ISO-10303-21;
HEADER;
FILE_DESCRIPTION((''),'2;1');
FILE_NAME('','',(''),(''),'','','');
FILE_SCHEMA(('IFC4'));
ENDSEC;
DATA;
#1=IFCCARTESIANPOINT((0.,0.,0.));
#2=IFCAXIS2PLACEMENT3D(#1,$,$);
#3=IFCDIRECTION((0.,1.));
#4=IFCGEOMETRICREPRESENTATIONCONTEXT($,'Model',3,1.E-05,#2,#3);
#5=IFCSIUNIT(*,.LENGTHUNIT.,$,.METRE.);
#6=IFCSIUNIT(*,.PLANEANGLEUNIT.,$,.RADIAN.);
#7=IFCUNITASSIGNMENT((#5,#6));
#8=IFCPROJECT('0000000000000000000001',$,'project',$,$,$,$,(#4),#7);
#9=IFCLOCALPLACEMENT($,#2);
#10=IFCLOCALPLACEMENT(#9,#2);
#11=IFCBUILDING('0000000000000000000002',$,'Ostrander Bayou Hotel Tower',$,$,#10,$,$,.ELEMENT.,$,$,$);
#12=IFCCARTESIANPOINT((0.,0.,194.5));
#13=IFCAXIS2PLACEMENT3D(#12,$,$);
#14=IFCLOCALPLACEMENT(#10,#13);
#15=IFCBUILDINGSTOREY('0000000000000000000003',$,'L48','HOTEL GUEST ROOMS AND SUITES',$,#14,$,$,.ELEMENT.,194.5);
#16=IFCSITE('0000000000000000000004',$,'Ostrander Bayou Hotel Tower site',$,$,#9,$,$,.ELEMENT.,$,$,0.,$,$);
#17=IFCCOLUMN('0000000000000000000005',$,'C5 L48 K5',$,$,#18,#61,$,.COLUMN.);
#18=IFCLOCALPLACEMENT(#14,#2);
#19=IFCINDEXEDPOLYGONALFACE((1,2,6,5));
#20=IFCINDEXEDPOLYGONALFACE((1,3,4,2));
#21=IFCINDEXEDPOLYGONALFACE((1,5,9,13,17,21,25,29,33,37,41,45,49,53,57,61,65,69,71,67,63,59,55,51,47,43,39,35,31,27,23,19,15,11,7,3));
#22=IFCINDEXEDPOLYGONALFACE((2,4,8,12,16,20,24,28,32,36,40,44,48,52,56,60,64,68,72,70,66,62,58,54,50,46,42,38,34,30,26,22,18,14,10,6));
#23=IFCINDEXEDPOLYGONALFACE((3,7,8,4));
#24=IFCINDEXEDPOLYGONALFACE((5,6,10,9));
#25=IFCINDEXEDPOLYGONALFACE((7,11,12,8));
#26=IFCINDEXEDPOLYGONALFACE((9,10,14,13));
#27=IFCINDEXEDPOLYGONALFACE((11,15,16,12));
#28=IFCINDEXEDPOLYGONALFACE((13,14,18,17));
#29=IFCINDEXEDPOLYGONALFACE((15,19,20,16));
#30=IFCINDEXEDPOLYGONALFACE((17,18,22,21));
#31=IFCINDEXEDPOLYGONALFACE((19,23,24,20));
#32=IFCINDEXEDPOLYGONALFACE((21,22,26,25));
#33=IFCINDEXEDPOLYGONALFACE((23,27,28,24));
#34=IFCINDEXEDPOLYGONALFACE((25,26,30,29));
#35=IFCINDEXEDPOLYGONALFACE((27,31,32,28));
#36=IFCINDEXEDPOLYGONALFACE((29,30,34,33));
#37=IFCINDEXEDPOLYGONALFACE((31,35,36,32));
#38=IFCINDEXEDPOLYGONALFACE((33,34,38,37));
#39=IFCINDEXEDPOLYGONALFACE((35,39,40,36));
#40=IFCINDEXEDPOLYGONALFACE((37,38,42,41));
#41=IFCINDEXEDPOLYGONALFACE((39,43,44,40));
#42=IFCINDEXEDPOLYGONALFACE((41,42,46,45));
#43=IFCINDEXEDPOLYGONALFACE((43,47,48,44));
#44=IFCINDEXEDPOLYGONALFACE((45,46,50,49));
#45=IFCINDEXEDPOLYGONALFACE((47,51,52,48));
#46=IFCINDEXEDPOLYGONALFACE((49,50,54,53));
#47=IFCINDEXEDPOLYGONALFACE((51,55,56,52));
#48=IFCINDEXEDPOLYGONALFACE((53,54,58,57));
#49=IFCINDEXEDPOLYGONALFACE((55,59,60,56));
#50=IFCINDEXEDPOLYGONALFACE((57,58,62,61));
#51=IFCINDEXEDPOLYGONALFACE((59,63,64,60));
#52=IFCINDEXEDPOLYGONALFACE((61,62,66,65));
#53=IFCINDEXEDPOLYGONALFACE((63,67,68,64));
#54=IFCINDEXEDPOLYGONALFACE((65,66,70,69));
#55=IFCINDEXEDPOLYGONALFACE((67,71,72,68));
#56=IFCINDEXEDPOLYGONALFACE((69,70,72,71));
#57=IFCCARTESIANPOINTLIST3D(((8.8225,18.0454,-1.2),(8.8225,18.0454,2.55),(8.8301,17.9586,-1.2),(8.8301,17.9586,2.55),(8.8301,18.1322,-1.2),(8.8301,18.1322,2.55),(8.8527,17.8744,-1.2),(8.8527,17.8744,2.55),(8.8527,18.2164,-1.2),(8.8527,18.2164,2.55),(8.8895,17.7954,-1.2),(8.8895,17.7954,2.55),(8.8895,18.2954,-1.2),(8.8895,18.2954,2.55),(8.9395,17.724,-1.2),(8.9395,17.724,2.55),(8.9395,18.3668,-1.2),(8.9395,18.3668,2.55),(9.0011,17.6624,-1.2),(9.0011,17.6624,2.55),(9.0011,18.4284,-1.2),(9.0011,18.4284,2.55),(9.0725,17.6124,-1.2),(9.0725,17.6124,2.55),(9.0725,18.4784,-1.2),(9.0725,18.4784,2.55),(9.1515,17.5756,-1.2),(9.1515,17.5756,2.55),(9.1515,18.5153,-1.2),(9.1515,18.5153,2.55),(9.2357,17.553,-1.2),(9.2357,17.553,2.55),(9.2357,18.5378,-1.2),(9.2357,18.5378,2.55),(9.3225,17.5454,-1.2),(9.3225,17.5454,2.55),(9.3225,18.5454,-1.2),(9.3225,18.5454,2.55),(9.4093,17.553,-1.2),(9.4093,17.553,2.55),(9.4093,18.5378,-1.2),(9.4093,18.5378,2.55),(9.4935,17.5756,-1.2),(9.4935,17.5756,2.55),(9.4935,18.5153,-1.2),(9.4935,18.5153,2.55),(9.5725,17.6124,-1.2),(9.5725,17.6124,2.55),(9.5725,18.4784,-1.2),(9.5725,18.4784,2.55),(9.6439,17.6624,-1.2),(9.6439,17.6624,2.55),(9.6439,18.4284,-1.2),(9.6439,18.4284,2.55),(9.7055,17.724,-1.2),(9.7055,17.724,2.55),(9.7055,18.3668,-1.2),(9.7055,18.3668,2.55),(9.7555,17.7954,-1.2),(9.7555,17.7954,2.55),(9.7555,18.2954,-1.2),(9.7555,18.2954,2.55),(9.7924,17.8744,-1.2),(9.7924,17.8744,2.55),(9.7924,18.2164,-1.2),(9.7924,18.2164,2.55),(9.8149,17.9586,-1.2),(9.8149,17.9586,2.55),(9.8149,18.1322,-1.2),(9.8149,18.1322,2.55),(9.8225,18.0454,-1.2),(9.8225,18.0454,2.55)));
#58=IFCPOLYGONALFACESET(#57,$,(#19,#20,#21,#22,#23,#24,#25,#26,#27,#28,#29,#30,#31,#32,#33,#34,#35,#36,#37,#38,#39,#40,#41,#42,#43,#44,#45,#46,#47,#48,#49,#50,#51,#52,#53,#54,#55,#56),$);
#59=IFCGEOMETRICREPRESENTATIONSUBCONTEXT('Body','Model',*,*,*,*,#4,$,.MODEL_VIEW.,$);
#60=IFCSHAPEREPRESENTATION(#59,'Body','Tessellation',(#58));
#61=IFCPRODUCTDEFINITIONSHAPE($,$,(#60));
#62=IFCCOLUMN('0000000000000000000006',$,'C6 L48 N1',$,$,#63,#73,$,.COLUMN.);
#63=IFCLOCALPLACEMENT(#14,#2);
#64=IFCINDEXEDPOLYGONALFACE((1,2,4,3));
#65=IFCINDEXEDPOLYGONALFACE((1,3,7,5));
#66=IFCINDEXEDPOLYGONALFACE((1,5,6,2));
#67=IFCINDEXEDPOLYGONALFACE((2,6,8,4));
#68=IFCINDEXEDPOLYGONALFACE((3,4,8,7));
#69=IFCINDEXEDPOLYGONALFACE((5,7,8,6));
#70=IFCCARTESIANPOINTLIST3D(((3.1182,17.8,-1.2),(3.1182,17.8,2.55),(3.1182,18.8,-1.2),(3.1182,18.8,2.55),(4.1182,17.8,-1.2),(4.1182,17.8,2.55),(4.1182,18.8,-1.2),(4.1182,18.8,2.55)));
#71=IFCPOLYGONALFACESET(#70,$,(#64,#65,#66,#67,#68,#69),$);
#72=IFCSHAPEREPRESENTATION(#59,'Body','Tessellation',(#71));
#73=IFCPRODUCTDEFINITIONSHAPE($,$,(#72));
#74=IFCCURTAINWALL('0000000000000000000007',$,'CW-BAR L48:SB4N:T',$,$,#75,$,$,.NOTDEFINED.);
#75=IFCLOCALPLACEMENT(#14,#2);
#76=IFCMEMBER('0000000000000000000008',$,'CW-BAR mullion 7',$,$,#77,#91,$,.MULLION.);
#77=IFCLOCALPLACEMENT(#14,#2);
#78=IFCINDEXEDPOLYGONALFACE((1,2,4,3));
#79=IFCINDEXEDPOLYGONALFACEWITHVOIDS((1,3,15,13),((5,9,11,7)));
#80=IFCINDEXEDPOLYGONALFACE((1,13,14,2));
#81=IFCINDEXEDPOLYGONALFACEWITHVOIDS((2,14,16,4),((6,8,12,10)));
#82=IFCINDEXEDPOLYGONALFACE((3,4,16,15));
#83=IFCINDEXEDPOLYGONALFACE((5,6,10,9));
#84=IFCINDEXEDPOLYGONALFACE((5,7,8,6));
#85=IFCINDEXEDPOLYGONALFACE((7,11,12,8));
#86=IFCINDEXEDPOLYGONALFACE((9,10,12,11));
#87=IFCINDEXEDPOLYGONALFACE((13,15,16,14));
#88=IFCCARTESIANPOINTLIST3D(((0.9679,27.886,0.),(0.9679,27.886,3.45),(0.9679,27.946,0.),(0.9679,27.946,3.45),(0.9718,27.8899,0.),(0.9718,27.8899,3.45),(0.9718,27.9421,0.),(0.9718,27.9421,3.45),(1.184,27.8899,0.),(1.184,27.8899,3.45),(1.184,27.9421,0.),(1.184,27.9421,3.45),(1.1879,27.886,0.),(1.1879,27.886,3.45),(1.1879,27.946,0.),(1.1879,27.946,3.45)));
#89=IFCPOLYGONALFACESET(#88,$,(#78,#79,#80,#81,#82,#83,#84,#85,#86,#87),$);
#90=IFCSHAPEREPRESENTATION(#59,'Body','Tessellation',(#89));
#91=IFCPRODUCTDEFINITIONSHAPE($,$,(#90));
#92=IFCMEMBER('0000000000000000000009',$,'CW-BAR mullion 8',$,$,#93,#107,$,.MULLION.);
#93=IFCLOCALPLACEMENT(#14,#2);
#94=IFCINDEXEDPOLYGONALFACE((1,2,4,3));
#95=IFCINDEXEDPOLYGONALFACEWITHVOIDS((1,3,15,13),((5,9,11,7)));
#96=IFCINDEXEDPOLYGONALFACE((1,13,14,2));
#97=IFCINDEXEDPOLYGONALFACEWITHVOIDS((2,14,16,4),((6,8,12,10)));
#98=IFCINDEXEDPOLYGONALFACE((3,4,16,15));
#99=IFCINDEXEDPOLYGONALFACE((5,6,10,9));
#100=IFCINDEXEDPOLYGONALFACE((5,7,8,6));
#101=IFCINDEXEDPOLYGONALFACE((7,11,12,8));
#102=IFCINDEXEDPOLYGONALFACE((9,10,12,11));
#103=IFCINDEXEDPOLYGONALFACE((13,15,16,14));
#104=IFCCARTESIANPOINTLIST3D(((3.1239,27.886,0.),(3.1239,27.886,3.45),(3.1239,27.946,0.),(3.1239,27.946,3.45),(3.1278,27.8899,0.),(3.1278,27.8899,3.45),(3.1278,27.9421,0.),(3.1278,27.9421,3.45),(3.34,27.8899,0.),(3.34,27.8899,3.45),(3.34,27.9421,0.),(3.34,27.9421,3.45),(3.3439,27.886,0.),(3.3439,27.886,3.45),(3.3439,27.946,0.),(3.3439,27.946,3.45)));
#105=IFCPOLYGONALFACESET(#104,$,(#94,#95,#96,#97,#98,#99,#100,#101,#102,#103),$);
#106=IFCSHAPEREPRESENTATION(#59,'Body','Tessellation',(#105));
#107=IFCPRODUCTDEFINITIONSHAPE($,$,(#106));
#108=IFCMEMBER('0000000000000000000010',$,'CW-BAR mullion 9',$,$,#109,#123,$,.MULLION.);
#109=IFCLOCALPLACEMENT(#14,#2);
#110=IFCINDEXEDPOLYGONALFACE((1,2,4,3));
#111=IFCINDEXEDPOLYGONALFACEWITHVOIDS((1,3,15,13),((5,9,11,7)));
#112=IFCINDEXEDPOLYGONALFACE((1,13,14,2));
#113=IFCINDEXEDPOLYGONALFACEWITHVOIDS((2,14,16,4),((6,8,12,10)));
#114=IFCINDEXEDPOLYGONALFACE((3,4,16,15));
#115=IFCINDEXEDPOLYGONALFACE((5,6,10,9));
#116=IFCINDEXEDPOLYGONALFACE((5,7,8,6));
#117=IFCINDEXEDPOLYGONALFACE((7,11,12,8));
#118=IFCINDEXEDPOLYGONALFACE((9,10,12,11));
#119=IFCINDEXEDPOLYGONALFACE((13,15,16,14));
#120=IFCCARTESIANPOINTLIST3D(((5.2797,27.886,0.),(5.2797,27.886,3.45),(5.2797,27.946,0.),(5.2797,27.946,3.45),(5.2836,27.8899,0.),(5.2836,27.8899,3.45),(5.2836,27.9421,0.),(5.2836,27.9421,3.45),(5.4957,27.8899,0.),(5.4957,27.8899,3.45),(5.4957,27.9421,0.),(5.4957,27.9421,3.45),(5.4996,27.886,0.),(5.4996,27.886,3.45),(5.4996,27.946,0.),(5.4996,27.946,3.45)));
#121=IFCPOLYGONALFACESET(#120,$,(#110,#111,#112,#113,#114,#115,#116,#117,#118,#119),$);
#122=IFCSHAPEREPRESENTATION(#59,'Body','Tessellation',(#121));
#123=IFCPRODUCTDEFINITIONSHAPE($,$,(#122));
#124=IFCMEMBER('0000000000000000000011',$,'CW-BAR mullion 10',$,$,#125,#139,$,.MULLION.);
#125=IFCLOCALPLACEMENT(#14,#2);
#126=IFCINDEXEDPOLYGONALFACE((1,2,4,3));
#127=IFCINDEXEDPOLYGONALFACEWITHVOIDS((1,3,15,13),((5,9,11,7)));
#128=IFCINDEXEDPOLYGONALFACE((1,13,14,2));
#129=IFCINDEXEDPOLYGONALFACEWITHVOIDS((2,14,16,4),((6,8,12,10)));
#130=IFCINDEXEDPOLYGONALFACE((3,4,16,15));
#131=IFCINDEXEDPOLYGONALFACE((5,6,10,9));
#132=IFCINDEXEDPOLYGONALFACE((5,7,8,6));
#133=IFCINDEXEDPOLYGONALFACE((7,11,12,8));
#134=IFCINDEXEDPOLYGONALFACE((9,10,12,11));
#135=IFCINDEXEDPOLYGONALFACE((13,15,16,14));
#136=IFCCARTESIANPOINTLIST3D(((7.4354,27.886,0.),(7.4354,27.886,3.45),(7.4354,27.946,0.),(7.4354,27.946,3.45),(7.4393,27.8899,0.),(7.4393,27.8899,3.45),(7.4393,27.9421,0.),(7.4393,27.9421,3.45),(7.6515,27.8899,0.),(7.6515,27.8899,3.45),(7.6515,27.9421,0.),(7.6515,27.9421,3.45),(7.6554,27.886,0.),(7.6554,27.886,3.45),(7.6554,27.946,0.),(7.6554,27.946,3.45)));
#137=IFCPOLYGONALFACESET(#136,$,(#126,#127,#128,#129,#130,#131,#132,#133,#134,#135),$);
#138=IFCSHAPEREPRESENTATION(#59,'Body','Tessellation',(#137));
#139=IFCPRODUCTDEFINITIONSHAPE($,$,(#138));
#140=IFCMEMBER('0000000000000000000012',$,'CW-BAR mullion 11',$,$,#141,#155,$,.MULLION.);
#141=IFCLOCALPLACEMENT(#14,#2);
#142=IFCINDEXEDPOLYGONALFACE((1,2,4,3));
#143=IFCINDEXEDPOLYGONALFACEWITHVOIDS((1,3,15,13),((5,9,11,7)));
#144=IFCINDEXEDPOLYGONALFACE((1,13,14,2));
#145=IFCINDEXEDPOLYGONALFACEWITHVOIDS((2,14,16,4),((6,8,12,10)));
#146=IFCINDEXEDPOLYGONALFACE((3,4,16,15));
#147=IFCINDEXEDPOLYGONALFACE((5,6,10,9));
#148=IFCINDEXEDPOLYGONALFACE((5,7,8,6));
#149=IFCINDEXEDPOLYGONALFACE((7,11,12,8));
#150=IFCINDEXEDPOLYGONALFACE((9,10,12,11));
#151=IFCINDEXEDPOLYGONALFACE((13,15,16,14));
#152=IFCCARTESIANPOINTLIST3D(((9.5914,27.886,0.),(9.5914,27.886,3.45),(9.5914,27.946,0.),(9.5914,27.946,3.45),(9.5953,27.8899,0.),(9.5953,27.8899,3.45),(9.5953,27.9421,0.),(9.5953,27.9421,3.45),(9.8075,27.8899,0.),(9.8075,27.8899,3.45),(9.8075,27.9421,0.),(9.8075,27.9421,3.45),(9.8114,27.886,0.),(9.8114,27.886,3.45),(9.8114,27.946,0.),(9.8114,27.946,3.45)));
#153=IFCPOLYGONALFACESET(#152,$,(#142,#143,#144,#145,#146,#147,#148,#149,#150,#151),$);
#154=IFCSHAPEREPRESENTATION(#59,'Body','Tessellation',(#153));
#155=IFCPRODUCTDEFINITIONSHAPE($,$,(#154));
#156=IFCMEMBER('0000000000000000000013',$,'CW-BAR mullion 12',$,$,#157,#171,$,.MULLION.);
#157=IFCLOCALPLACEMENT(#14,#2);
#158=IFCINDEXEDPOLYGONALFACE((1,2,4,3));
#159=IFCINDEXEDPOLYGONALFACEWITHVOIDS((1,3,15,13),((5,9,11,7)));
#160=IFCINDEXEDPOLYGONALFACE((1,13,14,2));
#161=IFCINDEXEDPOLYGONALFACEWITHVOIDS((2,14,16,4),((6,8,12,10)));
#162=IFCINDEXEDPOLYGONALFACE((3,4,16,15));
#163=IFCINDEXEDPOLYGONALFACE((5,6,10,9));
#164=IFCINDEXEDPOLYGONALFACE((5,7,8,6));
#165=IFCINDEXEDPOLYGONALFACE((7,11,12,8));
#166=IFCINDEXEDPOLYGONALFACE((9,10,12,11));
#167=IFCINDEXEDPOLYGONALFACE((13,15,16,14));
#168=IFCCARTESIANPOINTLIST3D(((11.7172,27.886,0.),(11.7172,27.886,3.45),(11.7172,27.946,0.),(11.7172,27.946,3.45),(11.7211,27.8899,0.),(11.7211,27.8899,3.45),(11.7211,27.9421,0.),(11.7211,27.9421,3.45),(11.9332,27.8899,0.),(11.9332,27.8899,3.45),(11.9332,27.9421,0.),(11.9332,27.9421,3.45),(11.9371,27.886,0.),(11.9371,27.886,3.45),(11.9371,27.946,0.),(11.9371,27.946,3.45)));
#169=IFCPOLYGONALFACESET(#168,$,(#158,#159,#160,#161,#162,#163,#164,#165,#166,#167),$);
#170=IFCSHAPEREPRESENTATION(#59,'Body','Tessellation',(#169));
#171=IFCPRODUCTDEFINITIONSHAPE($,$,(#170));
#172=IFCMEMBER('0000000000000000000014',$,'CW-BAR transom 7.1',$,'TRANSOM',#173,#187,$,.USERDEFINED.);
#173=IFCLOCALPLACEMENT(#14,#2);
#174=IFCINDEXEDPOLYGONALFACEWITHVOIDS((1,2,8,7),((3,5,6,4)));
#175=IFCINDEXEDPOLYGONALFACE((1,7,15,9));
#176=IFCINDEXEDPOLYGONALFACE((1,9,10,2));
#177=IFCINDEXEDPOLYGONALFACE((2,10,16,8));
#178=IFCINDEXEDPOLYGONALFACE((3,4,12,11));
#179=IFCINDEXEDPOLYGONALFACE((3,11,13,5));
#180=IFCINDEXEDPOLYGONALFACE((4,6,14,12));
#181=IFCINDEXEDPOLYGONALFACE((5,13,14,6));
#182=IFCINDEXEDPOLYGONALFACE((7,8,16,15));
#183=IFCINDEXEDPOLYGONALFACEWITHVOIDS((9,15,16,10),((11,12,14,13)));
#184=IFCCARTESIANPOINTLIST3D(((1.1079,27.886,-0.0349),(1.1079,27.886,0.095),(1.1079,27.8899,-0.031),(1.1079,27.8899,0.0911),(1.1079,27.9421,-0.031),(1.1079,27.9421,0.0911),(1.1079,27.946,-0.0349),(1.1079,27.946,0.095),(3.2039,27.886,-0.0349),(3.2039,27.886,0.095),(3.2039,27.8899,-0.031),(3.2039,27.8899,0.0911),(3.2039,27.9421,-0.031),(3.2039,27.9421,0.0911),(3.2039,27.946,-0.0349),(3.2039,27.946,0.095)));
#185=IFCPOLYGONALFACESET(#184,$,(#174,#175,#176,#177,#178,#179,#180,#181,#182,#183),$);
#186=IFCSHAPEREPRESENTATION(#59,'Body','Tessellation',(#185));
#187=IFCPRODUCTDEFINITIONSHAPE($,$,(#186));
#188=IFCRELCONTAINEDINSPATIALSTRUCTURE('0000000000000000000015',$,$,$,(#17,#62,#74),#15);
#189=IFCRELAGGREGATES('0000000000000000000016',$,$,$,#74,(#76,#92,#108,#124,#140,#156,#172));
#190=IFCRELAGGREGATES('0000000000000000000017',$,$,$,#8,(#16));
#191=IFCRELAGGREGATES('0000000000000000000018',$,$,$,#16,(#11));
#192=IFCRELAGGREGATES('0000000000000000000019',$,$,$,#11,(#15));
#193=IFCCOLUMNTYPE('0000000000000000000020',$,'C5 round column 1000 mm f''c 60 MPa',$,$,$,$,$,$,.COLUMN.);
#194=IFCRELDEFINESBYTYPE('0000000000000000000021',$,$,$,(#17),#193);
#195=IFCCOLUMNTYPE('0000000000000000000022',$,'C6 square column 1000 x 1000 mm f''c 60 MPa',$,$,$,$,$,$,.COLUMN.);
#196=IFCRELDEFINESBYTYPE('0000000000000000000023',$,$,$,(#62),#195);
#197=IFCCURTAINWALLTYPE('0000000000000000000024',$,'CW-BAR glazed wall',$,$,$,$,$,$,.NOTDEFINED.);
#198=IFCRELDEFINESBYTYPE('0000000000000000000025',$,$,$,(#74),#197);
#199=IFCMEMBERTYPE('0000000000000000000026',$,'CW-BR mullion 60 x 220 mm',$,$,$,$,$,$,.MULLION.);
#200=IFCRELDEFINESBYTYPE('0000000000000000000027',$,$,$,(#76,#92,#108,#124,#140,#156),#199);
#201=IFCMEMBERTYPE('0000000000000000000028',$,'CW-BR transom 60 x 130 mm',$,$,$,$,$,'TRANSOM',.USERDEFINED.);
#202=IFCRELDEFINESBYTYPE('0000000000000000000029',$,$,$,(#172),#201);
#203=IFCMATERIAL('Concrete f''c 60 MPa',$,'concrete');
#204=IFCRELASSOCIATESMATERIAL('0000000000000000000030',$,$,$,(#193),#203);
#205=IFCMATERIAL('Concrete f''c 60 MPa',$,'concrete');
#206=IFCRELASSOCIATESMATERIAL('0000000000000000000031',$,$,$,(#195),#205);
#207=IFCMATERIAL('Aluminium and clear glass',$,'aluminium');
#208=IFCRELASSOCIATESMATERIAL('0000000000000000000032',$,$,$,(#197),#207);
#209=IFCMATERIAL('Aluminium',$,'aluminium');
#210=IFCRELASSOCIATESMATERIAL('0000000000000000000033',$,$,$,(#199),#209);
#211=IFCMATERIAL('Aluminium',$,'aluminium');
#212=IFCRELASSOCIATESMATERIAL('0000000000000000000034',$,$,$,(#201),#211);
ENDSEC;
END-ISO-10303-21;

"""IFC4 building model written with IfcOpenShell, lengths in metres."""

from ifc_helpers import new_model, si_unit, direction, frame, origin, origin_2d, place, context, subcontext, project, spatial, rectangle, hollow_rectangle, circle, extrude, material, material_profile, profile_set, type_object, element, aggregate, save


model = new_model("IFC4")

# Units and contexts
model_context = context("Model", 3, precision=1e-05, world=origin(), true_north=direction((0.0, 1.0)))
body_context = subcontext(model_context, "Body", "Model", "MODEL_VIEW")
ifc_project = project(units=[si_unit("LENGTHUNIT", "METRE"), si_unit("PLANEANGLEUNIT", "RADIAN")], contexts=[model_context])

# Site, building, storey
site_placement = place(None, origin())
site = spatial("IfcSite", under=ifc_project, at=site_placement, Name="Ostrander Bayou Hotel Tower site", CompositionType="ELEMENT", RefElevation=0.0)
building_placement = place(site_placement, origin())
building = spatial("IfcBuilding", under=site, at=building_placement, Name="Ostrander Bayou Hotel Tower", CompositionType="ELEMENT")
storey_placement = place(building_placement, frame((0.0, 0.0, 194.5)))
storey = spatial("IfcBuildingStorey", under=building, at=storey_placement, Name="L48", Description="HOTEL GUEST ROOMS AND SUITES", CompositionType="ELEMENT", Elevation=194.5)

# Columns
ifc_material_1 = material(Name="Concrete f'c 60 MPa", Category="concrete")
ifc_material_profile_1 = material_profile(ifc_material_1, circle(Radius=0.5, at=origin_2d()))
ifc_profile_set_1 = profile_set([ifc_material_profile_1], Name="Concrete f'c 60 MPa")
column_type_1 = type_object("IfcColumnType", Name="C5 round column 1000 mm f'c 60 MPa", PredefinedType="COLUMN", material=ifc_profile_set_1)
column_1_placement = place(storey_placement, frame((9.3225, 18.0454, -1.2), z_axis=(0.0, 0.0, 1.0), x_axis=(1.0, 0.0, 0.0)))
element("IfcColumn", 1, at=column_1_placement, inside=storey, type_object=column_type_1, Name="C5 L48 K5", PredefinedType="COLUMN", context=body_context, shape_type="SweptSolid", body=[
    extrude(circle(Radius=0.5, at=origin_2d()), origin(), (0.0, 0.0, 1.0), 3.75),
])
ifc_material_2 = material(Name="Concrete f'c 60 MPa", Category="concrete")
ifc_material_profile_2 = material_profile(ifc_material_2, rectangle(XDim=1.0, YDim=1.0, at=origin_2d()))
ifc_profile_set_2 = profile_set([ifc_material_profile_2], Name="Concrete f'c 60 MPa")
column_type_2 = type_object("IfcColumnType", Name="C6 square column 1000 x 1000 mm f'c 60 MPa", PredefinedType="COLUMN", material=ifc_profile_set_2)
column_2_placement = place(storey_placement, frame((3.6182, 18.3, -1.2), z_axis=(0.0, 0.0, 1.0), x_axis=(1.0, 0.0, 0.0)))
element("IfcColumn", 2, at=column_2_placement, inside=storey, type_object=column_type_2, Name="C6 L48 N1", PredefinedType="COLUMN", context=body_context, shape_type="SweptSolid", body=[
    extrude(rectangle(XDim=1.0, YDim=1.0, at=origin_2d()), origin(), (0.0, 0.0, 1.0), 3.75),
])

# Curtain wall, members
ifc_material_3 = material(Name="Aluminium and clear glass", Category="aluminium")
curtain_wall_type = type_object("IfcCurtainWallType", Name="CW-BAR glazed wall", PredefinedType="NOTDEFINED", material=ifc_material_3)
curtain_wall_placement = place(storey_placement, origin())
curtain_wall = element("IfcCurtainWall", 3, at=curtain_wall_placement, inside=storey, type_object=curtain_wall_type, Name="CW-BAR L48:SB4N:T", PredefinedType="NOTDEFINED")
ifc_material_4 = material(Name="Aluminium", Category="aluminium")
ifc_material_profile_3 = material_profile(ifc_material_4, hollow_rectangle(XDim=0.0601, YDim=0.22, WallThickness=0.0039, at=origin_2d()))
ifc_profile_set_3 = profile_set([ifc_material_profile_3], Name="Aluminium")
member_type_1 = type_object("IfcMemberType", Name="CW-BR mullion 60 x 220 mm", PredefinedType="MULLION", material=ifc_profile_set_3)
member_1_placement = place(storey_placement, frame((1.0779, 27.916, 0.0), z_axis=(0.0, 0.0, 1.0), x_axis=(0.0, 1.0, 0.0)))
member_1 = element("IfcMember", 4, at=member_1_placement, type_object=member_type_1, Name="CW-BAR mullion 7", PredefinedType="MULLION", context=body_context, shape_type="SweptSolid", body=[
    extrude(hollow_rectangle(XDim=0.0601, YDim=0.22, WallThickness=0.0039, at=origin_2d()), origin(), (0.0, 0.0, 1.0), 3.45),
])
member_2_placement = place(storey_placement, frame((3.2339, 27.916, 0.0), z_axis=(0.0, 0.0, 1.0), x_axis=(0.0, 1.0, 0.0)))
member_2 = element("IfcMember", 5, at=member_2_placement, type_object=member_type_1, Name="CW-BAR mullion 8", PredefinedType="MULLION", context=body_context, shape_type="SweptSolid", body=[
    extrude(hollow_rectangle(XDim=0.0601, YDim=0.22, WallThickness=0.0039, at=origin_2d()), origin(), (0.0, 0.0, 1.0), 3.45),
])
member_3_placement = place(storey_placement, frame((5.3896, 27.916, 0.0), z_axis=(0.0, 0.0, 1.0), x_axis=(0.0, 1.0, 0.0)))
member_3 = element("IfcMember", 6, at=member_3_placement, type_object=member_type_1, Name="CW-BAR mullion 9", PredefinedType="MULLION", context=body_context, shape_type="SweptSolid", body=[
    extrude(hollow_rectangle(XDim=0.0601, YDim=0.22, WallThickness=0.0039, at=origin_2d()), origin(), (0.0, 0.0, 1.0), 3.45),
])
member_4_placement = place(storey_placement, frame((7.5454, 27.916, 0.0), z_axis=(0.0, 0.0, 1.0), x_axis=(0.0, 1.0, 0.0)))
member_4 = element("IfcMember", 7, at=member_4_placement, type_object=member_type_1, Name="CW-BAR mullion 10", PredefinedType="MULLION", context=body_context, shape_type="SweptSolid", body=[
    extrude(hollow_rectangle(XDim=0.0601, YDim=0.22, WallThickness=0.0039, at=origin_2d()), origin(), (0.0, 0.0, 1.0), 3.45),
])
member_5_placement = place(storey_placement, frame((9.7014, 27.916, 0.0), z_axis=(0.0, 0.0, 1.0), x_axis=(0.0, 1.0, 0.0)))
member_5 = element("IfcMember", 8, at=member_5_placement, type_object=member_type_1, Name="CW-BAR mullion 11", PredefinedType="MULLION", context=body_context, shape_type="SweptSolid", body=[
    extrude(hollow_rectangle(XDim=0.0601, YDim=0.22, WallThickness=0.0039, at=origin_2d()), origin(), (0.0, 0.0, 1.0), 3.45),
])
member_6_placement = place(storey_placement, frame((11.8271, 27.916, 0.0), z_axis=(0.0, 0.0, 1.0), x_axis=(0.0, 1.0, 0.0)))
member_6 = element("IfcMember", 9, at=member_6_placement, type_object=member_type_1, Name="CW-BAR mullion 12", PredefinedType="MULLION", context=body_context, shape_type="SweptSolid", body=[
    extrude(hollow_rectangle(XDim=0.0601, YDim=0.22, WallThickness=0.0039, at=origin_2d()), origin(), (0.0, 0.0, 1.0), 3.45),
])
ifc_material_5 = material(Name="Aluminium", Category="aluminium")
ifc_material_profile_4 = material_profile(ifc_material_5, hollow_rectangle(XDim=0.0601, YDim=0.1299, WallThickness=0.0039, at=origin_2d()))
ifc_profile_set_4 = profile_set([ifc_material_profile_4], Name="Aluminium")
member_type_2 = type_object("IfcMemberType", Name="CW-BR transom 60 x 130 mm", ElementType="TRANSOM", PredefinedType="USERDEFINED", material=ifc_profile_set_4)
member_7_placement = place(storey_placement, frame((1.1079, 27.916, 0.03), z_axis=(1.0, 0.0, 0.0), x_axis=(0.0, 1.0, 0.0)))
member_7 = element("IfcMember", 10, at=member_7_placement, type_object=member_type_2, Name="CW-BAR transom 7.1", ObjectType="TRANSOM", PredefinedType="USERDEFINED", context=body_context, shape_type="SweptSolid", body=[
    extrude(hollow_rectangle(XDim=0.0601, YDim=0.1299, WallThickness=0.0039, at=origin_2d()), origin(), (0.0, 0.0, 1.0), 2.0959),
])
aggregate(curtain_wall, [member_1, member_2, member_3, member_4, member_5, member_6, member_7])

save(model, "model.ifc")
